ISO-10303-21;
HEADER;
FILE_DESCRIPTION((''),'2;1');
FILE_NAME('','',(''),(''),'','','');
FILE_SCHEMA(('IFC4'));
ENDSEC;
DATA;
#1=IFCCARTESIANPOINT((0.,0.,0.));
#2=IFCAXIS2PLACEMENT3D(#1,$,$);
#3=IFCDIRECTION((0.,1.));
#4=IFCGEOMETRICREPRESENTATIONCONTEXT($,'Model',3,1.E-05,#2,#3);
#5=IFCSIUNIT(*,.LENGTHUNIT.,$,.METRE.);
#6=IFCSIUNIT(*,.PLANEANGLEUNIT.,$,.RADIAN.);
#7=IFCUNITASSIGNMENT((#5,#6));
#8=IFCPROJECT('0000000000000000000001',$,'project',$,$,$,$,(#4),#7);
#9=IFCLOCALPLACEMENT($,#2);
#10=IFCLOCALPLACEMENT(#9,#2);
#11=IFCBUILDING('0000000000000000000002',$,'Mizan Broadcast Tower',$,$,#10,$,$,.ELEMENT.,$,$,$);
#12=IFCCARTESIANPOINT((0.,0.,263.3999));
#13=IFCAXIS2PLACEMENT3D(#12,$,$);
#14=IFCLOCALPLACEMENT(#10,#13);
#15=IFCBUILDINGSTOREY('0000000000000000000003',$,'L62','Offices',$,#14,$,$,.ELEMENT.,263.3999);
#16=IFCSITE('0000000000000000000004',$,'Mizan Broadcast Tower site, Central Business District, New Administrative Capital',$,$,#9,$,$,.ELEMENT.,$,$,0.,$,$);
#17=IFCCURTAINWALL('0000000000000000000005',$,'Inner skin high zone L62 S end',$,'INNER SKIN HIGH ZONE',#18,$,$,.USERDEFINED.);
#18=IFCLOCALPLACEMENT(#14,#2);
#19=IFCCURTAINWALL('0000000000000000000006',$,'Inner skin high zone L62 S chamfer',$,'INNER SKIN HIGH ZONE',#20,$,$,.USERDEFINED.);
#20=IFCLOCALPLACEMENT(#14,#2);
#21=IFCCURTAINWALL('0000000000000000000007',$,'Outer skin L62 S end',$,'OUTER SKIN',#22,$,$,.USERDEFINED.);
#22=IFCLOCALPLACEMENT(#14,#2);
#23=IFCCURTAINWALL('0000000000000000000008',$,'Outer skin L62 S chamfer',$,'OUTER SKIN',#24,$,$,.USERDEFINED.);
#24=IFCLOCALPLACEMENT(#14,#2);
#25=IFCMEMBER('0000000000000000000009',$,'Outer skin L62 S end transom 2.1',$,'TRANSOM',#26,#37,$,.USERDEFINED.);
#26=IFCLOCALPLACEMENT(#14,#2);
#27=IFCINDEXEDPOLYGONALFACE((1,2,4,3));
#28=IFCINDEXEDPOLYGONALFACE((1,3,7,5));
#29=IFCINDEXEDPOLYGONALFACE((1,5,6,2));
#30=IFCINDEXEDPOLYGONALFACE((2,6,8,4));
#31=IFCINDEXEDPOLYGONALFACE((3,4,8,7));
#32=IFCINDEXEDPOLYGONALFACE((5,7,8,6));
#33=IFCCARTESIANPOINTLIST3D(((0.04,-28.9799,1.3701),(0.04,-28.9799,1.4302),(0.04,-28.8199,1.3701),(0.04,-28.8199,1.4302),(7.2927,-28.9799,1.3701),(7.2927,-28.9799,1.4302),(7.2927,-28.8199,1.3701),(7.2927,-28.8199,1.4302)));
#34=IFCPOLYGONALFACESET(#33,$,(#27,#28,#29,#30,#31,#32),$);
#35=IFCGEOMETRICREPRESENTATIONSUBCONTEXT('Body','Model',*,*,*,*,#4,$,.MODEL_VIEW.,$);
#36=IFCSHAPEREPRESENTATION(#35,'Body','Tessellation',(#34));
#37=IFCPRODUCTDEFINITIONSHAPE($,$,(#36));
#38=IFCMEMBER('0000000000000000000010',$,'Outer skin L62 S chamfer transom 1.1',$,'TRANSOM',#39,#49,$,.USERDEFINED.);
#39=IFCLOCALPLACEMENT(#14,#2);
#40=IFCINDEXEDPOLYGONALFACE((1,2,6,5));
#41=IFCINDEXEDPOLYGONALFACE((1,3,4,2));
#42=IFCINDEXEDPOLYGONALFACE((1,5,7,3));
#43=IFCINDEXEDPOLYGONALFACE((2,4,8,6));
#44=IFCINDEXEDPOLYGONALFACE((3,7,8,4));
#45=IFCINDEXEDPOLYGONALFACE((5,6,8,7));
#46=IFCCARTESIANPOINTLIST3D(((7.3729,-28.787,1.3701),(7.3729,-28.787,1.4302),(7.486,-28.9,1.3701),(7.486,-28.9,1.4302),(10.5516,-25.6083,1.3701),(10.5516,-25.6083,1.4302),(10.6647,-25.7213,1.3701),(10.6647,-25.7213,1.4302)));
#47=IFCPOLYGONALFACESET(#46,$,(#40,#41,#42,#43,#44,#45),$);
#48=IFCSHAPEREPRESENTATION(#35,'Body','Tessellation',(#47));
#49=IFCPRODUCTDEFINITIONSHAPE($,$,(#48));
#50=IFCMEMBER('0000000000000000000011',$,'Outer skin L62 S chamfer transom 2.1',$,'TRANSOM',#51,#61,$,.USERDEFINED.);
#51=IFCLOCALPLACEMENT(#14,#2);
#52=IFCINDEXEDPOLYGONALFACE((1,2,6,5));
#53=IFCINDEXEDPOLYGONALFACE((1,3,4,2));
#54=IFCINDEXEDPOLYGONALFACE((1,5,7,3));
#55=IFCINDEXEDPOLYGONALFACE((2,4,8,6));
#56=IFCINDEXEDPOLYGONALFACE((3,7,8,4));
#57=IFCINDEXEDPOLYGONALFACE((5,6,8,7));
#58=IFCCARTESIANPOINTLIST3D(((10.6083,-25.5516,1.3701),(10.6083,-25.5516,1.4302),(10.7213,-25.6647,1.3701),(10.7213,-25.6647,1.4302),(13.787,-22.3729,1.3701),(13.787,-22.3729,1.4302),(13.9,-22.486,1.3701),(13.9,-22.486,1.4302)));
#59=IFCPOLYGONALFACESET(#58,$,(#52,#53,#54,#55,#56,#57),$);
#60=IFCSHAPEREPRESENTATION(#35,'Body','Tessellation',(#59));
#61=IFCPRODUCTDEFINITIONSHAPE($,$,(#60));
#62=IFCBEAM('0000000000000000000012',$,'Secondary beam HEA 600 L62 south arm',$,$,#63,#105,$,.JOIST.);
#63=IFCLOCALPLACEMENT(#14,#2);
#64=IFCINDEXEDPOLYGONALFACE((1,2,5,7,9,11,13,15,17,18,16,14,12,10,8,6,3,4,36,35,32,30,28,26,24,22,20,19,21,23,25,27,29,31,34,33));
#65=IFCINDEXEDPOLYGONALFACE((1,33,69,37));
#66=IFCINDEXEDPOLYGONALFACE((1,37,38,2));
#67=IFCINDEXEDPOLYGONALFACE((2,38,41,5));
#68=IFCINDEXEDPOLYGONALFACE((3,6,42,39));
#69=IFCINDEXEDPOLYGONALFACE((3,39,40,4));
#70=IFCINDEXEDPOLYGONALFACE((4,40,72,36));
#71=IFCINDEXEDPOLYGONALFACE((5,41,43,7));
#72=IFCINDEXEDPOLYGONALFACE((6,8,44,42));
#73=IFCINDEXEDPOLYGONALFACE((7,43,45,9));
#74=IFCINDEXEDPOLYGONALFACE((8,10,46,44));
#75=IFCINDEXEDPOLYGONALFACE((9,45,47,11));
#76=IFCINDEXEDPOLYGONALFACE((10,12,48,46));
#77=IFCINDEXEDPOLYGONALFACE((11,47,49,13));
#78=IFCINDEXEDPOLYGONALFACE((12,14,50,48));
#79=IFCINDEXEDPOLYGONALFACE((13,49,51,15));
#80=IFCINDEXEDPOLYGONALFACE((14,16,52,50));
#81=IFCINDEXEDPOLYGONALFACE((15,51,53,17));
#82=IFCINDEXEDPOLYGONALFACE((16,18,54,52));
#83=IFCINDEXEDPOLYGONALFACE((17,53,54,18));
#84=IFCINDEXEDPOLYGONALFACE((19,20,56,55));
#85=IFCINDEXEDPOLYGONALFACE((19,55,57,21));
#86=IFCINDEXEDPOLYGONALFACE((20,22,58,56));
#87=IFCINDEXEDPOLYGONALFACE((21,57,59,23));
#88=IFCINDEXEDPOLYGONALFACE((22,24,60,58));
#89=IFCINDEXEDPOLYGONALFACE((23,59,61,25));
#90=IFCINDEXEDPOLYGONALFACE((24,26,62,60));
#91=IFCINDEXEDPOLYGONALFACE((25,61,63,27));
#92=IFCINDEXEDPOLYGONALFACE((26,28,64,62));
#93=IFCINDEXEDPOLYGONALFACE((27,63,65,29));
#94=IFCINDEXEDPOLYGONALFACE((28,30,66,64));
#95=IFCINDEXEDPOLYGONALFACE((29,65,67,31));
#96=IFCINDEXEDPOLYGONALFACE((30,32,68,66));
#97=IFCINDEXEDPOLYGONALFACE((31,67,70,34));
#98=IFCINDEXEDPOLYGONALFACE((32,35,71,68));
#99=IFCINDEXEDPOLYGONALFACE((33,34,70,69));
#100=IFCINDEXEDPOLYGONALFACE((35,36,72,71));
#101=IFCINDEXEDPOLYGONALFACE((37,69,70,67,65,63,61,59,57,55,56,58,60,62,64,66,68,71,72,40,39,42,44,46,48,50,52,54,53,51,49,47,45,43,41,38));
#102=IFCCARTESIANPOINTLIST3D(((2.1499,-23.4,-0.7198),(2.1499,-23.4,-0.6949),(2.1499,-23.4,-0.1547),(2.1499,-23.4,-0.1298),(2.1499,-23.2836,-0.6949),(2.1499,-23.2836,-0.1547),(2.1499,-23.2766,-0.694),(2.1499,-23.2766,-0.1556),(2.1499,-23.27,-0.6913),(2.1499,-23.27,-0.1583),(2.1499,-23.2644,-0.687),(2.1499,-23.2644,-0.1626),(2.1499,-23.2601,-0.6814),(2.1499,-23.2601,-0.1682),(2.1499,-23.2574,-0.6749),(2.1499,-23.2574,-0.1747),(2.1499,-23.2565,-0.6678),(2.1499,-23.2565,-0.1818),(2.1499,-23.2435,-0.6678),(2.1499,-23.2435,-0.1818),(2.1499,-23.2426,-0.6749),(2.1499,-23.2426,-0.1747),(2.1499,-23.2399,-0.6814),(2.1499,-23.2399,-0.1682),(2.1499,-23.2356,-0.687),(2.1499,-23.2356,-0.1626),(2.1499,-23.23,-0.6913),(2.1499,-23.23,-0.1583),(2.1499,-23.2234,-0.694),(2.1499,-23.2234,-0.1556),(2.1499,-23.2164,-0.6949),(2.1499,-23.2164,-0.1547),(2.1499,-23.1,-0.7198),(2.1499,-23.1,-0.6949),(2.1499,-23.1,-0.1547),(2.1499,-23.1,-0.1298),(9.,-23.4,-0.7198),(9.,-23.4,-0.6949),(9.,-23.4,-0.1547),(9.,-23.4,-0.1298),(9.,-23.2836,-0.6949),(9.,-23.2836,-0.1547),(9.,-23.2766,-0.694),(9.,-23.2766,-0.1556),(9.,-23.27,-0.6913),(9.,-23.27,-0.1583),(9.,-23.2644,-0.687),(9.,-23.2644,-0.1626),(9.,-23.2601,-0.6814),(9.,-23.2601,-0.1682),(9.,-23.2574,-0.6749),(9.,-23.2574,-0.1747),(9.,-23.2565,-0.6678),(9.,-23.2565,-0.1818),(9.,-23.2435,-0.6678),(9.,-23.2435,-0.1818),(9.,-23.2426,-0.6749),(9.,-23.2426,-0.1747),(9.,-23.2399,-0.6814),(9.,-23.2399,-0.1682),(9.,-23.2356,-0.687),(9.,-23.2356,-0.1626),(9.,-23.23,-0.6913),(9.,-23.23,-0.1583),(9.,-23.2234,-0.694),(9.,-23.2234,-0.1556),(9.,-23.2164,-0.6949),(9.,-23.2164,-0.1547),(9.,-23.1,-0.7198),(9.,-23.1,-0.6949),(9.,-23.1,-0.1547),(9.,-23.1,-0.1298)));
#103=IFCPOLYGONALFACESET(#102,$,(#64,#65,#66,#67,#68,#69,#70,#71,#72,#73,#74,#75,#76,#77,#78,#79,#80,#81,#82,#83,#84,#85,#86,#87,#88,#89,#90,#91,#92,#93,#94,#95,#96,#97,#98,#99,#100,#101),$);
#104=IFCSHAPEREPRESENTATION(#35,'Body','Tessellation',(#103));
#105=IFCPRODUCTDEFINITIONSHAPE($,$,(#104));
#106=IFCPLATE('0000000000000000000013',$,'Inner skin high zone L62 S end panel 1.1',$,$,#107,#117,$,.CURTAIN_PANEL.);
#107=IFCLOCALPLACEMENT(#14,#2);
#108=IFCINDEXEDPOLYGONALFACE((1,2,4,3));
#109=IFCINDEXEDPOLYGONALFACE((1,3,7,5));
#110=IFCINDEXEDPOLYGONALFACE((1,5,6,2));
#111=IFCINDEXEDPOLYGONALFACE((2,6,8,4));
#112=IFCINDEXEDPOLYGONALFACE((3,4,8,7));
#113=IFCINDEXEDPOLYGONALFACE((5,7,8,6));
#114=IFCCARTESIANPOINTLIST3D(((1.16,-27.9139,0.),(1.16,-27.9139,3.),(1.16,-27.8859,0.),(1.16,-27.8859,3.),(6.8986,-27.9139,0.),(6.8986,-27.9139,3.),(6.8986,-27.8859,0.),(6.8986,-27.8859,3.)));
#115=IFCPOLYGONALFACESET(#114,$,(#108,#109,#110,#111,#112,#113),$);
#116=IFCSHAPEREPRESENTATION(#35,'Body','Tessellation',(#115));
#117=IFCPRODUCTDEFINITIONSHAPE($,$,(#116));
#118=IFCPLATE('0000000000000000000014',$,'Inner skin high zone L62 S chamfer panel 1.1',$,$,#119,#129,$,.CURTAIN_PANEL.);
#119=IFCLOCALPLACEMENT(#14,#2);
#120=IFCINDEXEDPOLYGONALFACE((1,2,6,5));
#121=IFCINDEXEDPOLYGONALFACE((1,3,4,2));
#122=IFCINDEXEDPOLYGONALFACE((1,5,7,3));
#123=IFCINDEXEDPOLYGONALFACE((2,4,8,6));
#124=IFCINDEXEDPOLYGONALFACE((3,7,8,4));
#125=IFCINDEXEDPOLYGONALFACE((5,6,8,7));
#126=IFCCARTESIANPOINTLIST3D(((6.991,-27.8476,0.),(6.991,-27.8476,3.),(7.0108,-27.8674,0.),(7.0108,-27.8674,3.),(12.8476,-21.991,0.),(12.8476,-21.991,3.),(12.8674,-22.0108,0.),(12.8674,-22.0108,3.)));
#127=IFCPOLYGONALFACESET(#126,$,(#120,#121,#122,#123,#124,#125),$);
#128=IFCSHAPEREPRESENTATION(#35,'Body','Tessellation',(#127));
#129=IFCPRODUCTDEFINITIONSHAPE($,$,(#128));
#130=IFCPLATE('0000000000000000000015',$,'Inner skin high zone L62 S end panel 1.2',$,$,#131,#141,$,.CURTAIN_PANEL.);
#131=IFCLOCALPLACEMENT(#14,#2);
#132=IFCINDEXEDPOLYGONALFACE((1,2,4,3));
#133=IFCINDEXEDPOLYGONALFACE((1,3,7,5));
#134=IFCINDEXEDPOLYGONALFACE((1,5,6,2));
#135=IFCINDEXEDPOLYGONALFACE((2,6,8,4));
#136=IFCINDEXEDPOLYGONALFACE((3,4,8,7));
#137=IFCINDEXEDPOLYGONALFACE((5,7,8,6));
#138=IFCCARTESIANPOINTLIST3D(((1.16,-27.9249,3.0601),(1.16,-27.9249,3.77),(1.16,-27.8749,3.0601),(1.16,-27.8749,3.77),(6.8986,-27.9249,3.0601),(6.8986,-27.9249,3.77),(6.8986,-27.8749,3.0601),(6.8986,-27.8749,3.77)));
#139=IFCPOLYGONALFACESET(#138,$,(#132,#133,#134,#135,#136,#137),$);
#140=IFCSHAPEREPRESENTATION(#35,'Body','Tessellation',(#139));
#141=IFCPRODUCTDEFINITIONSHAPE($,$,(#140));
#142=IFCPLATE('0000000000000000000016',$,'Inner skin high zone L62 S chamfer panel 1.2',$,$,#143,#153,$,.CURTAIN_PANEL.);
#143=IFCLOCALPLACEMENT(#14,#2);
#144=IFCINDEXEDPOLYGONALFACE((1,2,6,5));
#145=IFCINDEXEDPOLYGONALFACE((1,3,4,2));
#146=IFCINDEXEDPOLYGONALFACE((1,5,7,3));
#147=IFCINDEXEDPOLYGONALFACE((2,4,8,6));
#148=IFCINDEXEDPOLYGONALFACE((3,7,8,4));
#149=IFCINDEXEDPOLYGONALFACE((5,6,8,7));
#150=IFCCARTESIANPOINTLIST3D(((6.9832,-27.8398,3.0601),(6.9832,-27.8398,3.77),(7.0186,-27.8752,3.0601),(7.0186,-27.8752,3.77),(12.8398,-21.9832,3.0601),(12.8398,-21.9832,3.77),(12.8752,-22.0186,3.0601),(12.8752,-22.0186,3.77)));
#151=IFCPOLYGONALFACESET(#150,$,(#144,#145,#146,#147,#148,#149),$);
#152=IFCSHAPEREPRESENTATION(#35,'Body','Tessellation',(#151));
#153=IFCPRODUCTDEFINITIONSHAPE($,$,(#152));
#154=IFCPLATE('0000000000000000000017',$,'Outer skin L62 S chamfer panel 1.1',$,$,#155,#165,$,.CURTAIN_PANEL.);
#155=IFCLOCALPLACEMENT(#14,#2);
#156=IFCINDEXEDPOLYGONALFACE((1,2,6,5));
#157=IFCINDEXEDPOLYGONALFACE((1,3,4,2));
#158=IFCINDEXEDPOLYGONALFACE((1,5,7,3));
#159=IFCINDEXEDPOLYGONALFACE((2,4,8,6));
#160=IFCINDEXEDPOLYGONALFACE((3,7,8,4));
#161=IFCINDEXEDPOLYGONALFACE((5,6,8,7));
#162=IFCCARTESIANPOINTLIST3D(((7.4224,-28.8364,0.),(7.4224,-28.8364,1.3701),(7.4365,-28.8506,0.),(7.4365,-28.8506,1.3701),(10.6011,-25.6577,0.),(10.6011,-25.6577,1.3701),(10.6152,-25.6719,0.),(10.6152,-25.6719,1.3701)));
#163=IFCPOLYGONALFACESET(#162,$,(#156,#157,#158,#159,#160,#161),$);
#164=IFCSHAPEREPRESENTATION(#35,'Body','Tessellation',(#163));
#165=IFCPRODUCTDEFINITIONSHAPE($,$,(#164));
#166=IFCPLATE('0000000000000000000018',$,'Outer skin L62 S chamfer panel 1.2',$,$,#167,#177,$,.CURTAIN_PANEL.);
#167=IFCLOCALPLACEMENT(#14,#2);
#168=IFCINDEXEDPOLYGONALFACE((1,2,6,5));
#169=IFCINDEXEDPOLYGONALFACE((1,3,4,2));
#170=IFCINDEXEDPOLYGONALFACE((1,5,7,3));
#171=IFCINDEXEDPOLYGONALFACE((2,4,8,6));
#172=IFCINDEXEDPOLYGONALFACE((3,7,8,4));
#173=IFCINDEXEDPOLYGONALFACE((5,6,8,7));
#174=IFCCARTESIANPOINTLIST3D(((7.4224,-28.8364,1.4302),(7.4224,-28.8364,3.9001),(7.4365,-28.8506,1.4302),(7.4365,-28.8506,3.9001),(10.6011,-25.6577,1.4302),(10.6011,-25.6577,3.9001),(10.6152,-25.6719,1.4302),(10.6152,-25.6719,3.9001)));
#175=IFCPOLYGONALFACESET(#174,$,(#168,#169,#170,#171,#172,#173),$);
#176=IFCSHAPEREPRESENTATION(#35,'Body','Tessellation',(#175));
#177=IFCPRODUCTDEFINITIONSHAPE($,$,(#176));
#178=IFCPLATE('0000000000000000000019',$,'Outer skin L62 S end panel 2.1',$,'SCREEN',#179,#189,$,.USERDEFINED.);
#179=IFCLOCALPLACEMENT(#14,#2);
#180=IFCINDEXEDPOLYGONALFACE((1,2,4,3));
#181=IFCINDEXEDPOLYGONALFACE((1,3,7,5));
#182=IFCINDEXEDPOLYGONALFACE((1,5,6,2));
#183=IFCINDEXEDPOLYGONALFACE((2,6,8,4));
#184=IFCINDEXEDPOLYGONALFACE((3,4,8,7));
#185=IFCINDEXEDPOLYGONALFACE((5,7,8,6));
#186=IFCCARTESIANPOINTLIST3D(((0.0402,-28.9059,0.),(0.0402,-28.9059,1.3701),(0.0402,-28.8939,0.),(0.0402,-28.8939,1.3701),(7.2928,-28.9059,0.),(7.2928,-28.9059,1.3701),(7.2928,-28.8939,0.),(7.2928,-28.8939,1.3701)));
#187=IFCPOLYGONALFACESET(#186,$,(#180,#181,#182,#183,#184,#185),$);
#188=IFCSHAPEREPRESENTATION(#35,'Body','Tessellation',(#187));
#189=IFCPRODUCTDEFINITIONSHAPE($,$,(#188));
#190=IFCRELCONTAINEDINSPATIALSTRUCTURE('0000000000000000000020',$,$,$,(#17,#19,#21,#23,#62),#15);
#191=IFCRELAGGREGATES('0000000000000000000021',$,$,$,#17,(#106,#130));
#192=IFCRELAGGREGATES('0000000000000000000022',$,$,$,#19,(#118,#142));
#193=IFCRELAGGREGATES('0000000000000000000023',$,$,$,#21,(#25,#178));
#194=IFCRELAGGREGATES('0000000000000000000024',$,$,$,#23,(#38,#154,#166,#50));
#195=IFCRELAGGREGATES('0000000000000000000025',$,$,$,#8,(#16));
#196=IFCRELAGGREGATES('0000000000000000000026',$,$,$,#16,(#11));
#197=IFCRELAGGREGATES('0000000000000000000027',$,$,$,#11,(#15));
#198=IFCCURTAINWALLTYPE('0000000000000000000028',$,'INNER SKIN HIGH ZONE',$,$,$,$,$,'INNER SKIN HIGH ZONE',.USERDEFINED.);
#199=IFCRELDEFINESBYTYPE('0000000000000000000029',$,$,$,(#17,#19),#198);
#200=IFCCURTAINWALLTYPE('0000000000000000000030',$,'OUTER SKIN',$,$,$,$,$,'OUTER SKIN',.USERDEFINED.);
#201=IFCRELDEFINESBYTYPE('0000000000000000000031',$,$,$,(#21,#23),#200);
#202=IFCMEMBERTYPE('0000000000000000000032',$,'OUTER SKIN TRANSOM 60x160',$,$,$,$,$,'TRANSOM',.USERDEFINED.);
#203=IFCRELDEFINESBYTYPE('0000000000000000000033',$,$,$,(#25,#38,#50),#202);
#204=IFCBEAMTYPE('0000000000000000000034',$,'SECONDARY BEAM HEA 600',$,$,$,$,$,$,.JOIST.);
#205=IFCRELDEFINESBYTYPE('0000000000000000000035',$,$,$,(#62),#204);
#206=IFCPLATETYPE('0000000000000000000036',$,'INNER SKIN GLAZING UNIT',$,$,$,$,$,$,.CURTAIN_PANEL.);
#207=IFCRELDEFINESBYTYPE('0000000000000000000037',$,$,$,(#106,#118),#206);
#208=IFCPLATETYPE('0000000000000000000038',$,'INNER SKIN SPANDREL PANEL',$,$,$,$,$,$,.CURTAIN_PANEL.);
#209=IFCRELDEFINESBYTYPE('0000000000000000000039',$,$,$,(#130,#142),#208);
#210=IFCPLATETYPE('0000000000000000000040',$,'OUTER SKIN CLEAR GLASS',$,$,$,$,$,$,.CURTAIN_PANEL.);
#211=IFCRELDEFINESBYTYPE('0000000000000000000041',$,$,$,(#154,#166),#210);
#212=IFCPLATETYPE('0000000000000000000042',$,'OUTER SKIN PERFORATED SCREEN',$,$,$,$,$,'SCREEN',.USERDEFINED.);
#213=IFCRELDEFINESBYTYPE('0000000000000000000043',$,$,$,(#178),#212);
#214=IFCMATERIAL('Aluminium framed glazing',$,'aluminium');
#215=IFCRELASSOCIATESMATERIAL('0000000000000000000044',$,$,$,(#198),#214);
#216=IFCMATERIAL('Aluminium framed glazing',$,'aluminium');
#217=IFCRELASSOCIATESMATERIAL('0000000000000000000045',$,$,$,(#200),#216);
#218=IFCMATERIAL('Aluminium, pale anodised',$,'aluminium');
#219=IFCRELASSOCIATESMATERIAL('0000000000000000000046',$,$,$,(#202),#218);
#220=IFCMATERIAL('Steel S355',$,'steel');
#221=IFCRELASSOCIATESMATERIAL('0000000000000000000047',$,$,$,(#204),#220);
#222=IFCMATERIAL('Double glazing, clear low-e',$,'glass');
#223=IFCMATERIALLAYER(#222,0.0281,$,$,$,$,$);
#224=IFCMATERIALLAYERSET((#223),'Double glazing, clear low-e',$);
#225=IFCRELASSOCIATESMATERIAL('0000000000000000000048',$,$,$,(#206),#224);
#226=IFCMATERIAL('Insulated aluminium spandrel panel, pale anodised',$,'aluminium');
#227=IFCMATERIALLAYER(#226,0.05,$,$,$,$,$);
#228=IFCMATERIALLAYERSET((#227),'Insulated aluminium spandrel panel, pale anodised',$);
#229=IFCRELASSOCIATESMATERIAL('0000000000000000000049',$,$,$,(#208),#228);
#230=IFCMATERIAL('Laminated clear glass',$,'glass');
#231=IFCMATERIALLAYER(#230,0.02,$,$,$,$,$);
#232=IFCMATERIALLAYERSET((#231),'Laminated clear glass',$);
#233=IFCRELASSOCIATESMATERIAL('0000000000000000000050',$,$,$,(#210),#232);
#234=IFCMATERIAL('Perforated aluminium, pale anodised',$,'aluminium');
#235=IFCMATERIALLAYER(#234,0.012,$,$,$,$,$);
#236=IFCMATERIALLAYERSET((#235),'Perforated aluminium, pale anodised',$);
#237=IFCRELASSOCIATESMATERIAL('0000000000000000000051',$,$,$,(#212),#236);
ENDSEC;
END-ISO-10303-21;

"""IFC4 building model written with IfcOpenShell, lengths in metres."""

from ifc_helpers import new_model, si_unit, direction, frame, origin, origin_2d, place, context, subcontext, project, spatial, rectangle, i_section, extrude, material, layer, layer_set, material_profile, profile_set, type_object, element, aggregate, save


model = new_model("IFC4")

# Units and contexts
model_context = context("Model", 3, precision=1e-05, world=origin(), true_north=direction((0.0, 1.0)))
body_context = subcontext(model_context, "Body", "Model", "MODEL_VIEW")
ifc_project = project(units=[si_unit("LENGTHUNIT", "METRE"), si_unit("PLANEANGLEUNIT", "RADIAN")], contexts=[model_context])

# Site, building, storey
site_placement = place(None, origin())
site = spatial("IfcSite", under=ifc_project, at=site_placement, Name="Mizan Broadcast Tower site, Central Business District, New Administrative Capital", CompositionType="ELEMENT", RefElevation=0.0)
building_placement = place(site_placement, origin())
building = spatial("IfcBuilding", under=site, at=building_placement, Name="Mizan Broadcast Tower", CompositionType="ELEMENT")
storey_placement = place(building_placement, frame((0.0, 0.0, 263.3999)))
storey = spatial("IfcBuildingStorey", under=building, at=storey_placement, Name="L62", Description="Offices", CompositionType="ELEMENT", Elevation=263.3999)

# Curtain wall
ifc_material_1 = material(Name="Aluminium framed glazing", Category="aluminium")
curtain_wall_type_1 = type_object("IfcCurtainWallType", Name="INNER SKIN HIGH ZONE", ElementType="INNER SKIN HIGH ZONE", PredefinedType="USERDEFINED", material=ifc_material_1)
curtain_wall_1_placement = place(storey_placement, origin())
curtain_wall_1 = element("IfcCurtainWall", 1, at=curtain_wall_1_placement, inside=storey, type_object=curtain_wall_type_1, Name="Inner skin high zone L62 S end", ObjectType="INNER SKIN HIGH ZONE", PredefinedType="USERDEFINED")

# Curtain wall
curtain_wall_2_placement = place(storey_placement, origin())
curtain_wall_2 = element("IfcCurtainWall", 2, at=curtain_wall_2_placement, inside=storey, type_object=curtain_wall_type_1, Name="Inner skin high zone L62 S chamfer", ObjectType="INNER SKIN HIGH ZONE", PredefinedType="USERDEFINED")

# Curtain wall
ifc_material_2 = material(Name="Aluminium framed glazing", Category="aluminium")
curtain_wall_type_2 = type_object("IfcCurtainWallType", Name="OUTER SKIN", ElementType="OUTER SKIN", PredefinedType="USERDEFINED", material=ifc_material_2)
curtain_wall_3_placement = place(storey_placement, origin())
curtain_wall_3 = element("IfcCurtainWall", 3, at=curtain_wall_3_placement, inside=storey, type_object=curtain_wall_type_2, Name="Outer skin L62 S end", ObjectType="OUTER SKIN", PredefinedType="USERDEFINED")

# Curtain wall
curtain_wall_4_placement = place(storey_placement, origin())
curtain_wall_4 = element("IfcCurtainWall", 4, at=curtain_wall_4_placement, inside=storey, type_object=curtain_wall_type_2, Name="Outer skin L62 S chamfer", ObjectType="OUTER SKIN", PredefinedType="USERDEFINED")

# Members
ifc_material_3 = material(Name="Aluminium, pale anodised", Category="aluminium")
ifc_material_profile_1 = material_profile(ifc_material_3, rectangle(XDim=0.1599, YDim=0.0601, at=origin_2d()), Name="TRANSOM 160x60")
ifc_profile_set_1 = profile_set([ifc_material_profile_1], Name="Aluminium, pale anodised")
member_type_1 = type_object("IfcMemberType", Name="OUTER SKIN TRANSOM 60x160", ElementType="TRANSOM", PredefinedType="USERDEFINED", material=ifc_profile_set_1)
member_1_placement = place(storey_placement, frame((0.04, -28.8999, 1.4001), z_axis=(1.0, 0.0, 0.0), x_axis=(0.0, 1.0, 0.0)))
member_1 = element("IfcMember", 5, at=member_1_placement, type_object=member_type_1, Name="Outer skin L62 S end transom 2.1", ObjectType="TRANSOM", PredefinedType="USERDEFINED", context=body_context, shape_type="SweptSolid", body=[
    extrude(rectangle(XDim=0.1599, YDim=0.0601, at=origin_2d()), origin(), (0.0, 0.0, 1.0), 7.2527),
])
member_2_placement = place(storey_placement, frame((7.4294, -28.8435, 1.4001), z_axis=(0.707107, 0.707107, 0.0), x_axis=(-0.707107, 0.707107, 0.0)))
member_2 = element("IfcMember", 6, at=member_2_placement, type_object=member_type_1, Name="Outer skin L62 S chamfer transom 1.1", ObjectType="TRANSOM", PredefinedType="USERDEFINED", context=body_context, shape_type="SweptSolid", body=[
    extrude(rectangle(XDim=0.1599, YDim=0.0601, at=origin_2d()), origin(), (0.0, 0.0, 1.0), 4.4954),
])
member_3_placement = place(storey_placement, frame((10.6648, -25.6082, 1.4001), z_axis=(0.707107, 0.707107, 0.0), x_axis=(-0.707107, 0.707107, 0.0)))
member_3 = element("IfcMember", 7, at=member_3_placement, type_object=member_type_1, Name="Outer skin L62 S chamfer transom 2.1", ObjectType="TRANSOM", PredefinedType="USERDEFINED", context=body_context, shape_type="SweptSolid", body=[
    extrude(rectangle(XDim=0.1599, YDim=0.0601, at=origin_2d()), origin(), (0.0, 0.0, 1.0), 4.4954),
])

# Beam
ifc_material_4 = material(Name="Steel S355", Category="steel")
ifc_material_profile_2 = material_profile(ifc_material_4, i_section(OverallWidth=0.3, OverallDepth=0.5901, WebThickness=0.0129, FlangeThickness=0.0249, FilletRadius=0.0271, at=origin_2d()), Name="HEA 600")
ifc_profile_set_2 = profile_set([ifc_material_profile_2], Name="Steel S355")
beam_type_1 = type_object("IfcBeamType", Name="SECONDARY BEAM HEA 600", PredefinedType="JOIST", material=ifc_profile_set_2)
beam_1_placement = place(storey_placement, frame((9.0, -23.25, -0.4248), z_axis=(-1.0, 0.0, 0.0), x_axis=(0.0, -1.0, 0.0)))
element("IfcBeam", 8, at=beam_1_placement, inside=storey, type_object=beam_type_1, Name="Secondary beam HEA 600 L62 south arm", PredefinedType="JOIST", context=body_context, shape_type="SweptSolid", body=[
    extrude(i_section(OverallWidth=0.3, OverallDepth=0.5901, WebThickness=0.0129, FlangeThickness=0.0249, FilletRadius=0.0271, at=origin_2d()), origin(), (0.0, 0.0, 1.0), 6.8501),
])

# Plates
ifc_material_5 = material(Name="Double glazing, clear low-e", Category="glass")
ifc_layer_1 = layer(ifc_material_5, 0.0281)
ifc_layer_set_1 = layer_set([ifc_layer_1], Name="Double glazing, clear low-e")
plate_type_1 = type_object("IfcPlateType", Name="INNER SKIN GLAZING UNIT", PredefinedType="CURTAIN_PANEL", material=ifc_layer_set_1)
plate_1_placement = place(storey_placement, frame((4.0293, -27.8999, 0.0), z_axis=(0.0, 0.0, 1.0), x_axis=(1.0, 0.0, 0.0)))
plate_1 = element("IfcPlate", 9, at=plate_1_placement, type_object=plate_type_1, Name="Inner skin high zone L62 S end panel 1.1", PredefinedType="CURTAIN_PANEL", context=body_context, shape_type="SweptSolid", body=[
    extrude(rectangle(XDim=5.7385, YDim=0.0281, at=origin_2d()), origin(), (0.0, 0.0, 1.0), 3.0),
])
plate_2_placement = place(storey_placement, frame((9.9292, -24.9292, 0.0), z_axis=(0.0, 0.0, 1.0), x_axis=(0.707107, 0.707107, 0.0)))
plate_2 = element("IfcPlate", 10, at=plate_2_placement, type_object=plate_type_1, Name="Inner skin high zone L62 S chamfer panel 1.1", PredefinedType="CURTAIN_PANEL", context=body_context, shape_type="SweptSolid", body=[
    extrude(rectangle(XDim=8.2825, YDim=0.0281, at=origin_2d()), origin(), (0.0, 0.0, 1.0), 3.0),
])
ifc_material_6 = material(Name="Insulated aluminium spandrel panel, pale anodised", Category="aluminium")
ifc_layer_2 = layer(ifc_material_6, 0.05)
ifc_layer_set_2 = layer_set([ifc_layer_2], Name="Insulated aluminium spandrel panel, pale anodised")
plate_type_2 = type_object("IfcPlateType", Name="INNER SKIN SPANDREL PANEL", PredefinedType="CURTAIN_PANEL", material=ifc_layer_set_2)
plate_3_placement = place(storey_placement, frame((4.0293, -27.8999, 3.0601), z_axis=(0.0, 0.0, 1.0), x_axis=(1.0, 0.0, 0.0)))
plate_3 = element("IfcPlate", 11, at=plate_3_placement, type_object=plate_type_2, Name="Inner skin high zone L62 S end panel 1.2", PredefinedType="CURTAIN_PANEL", context=body_context, shape_type="SweptSolid", body=[
    extrude(rectangle(XDim=5.7385, YDim=0.05, at=origin_2d()), origin(), (0.0, 0.0, 1.0), 0.71),
])
aggregate(curtain_wall_1, [plate_1, plate_3])
plate_4_placement = place(storey_placement, frame((9.9292, -24.9292, 3.0601), z_axis=(0.0, 0.0, 1.0), x_axis=(0.707107, 0.707107, 0.0)))
plate_4 = element("IfcPlate", 12, at=plate_4_placement, type_object=plate_type_2, Name="Inner skin high zone L62 S chamfer panel 1.2", PredefinedType="CURTAIN_PANEL", context=body_context, shape_type="SweptSolid", body=[
    extrude(rectangle(XDim=8.2825, YDim=0.05, at=origin_2d()), origin(), (0.0, 0.0, 1.0), 0.71),
])
aggregate(curtain_wall_2, [plate_2, plate_4])
ifc_material_7 = material(Name="Laminated clear glass", Category="glass")
ifc_layer_3 = layer(ifc_material_7, 0.02)
ifc_layer_set_3 = layer_set([ifc_layer_3], Name="Laminated clear glass")
plate_type_3 = type_object("IfcPlateType", Name="OUTER SKIN CLEAR GLASS", PredefinedType="CURTAIN_PANEL", material=ifc_layer_set_3)
plate_5_placement = place(storey_placement, frame((9.0188, -27.2542, 0.0), z_axis=(0.0, 0.0, 1.0), x_axis=(0.707107, 0.707107, 0.0)))
plate_5 = element("IfcPlate", 13, at=plate_5_placement, type_object=plate_type_3, Name="Outer skin L62 S chamfer panel 1.1", PredefinedType="CURTAIN_PANEL", context=body_context, shape_type="SweptSolid", body=[
    extrude(rectangle(XDim=4.4954, YDim=0.02, at=origin_2d()), origin(), (0.0, 0.0, 1.0), 1.3701),
])
plate_6_placement = place(storey_placement, frame((9.0188, -27.2542, 1.4302), z_axis=(0.0, 0.0, 1.0), x_axis=(0.707107, 0.707107, 0.0)))
plate_6 = element("IfcPlate", 14, at=plate_6_placement, type_object=plate_type_3, Name="Outer skin L62 S chamfer panel 1.2", PredefinedType="CURTAIN_PANEL", context=body_context, shape_type="SweptSolid", body=[
    extrude(rectangle(XDim=4.4954, YDim=0.02, at=origin_2d()), origin(), (0.0, 0.0, 1.0), 2.47),
])
ifc_material_8 = material(Name="Perforated aluminium, pale anodised", Category="aluminium")
ifc_layer_4 = layer(ifc_material_8, 0.012)
ifc_layer_set_4 = layer_set([ifc_layer_4], Name="Perforated aluminium, pale anodised")
plate_type_4 = type_object("IfcPlateType", Name="OUTER SKIN PERFORATED SCREEN", ElementType="SCREEN", PredefinedType="USERDEFINED", material=ifc_layer_set_4)
plate_7_placement = place(storey_placement, frame((3.6665, -28.8999, 0.0), z_axis=(0.0, 0.0, 1.0), x_axis=(1.0, 0.0, 0.0)))
plate_7 = element("IfcPlate", 15, at=plate_7_placement, type_object=plate_type_4, Name="Outer skin L62 S end panel 2.1", ObjectType="SCREEN", PredefinedType="USERDEFINED", context=body_context, shape_type="SweptSolid", body=[
    extrude(rectangle(XDim=7.2527, YDim=0.012, at=origin_2d()), origin(), (0.0, 0.0, 1.0), 1.3701),
])
aggregate(curtain_wall_3, [member_1, plate_7])
aggregate(curtain_wall_4, [member_2, plate_5, plate_6, member_3])

save(model, "model.ifc")
